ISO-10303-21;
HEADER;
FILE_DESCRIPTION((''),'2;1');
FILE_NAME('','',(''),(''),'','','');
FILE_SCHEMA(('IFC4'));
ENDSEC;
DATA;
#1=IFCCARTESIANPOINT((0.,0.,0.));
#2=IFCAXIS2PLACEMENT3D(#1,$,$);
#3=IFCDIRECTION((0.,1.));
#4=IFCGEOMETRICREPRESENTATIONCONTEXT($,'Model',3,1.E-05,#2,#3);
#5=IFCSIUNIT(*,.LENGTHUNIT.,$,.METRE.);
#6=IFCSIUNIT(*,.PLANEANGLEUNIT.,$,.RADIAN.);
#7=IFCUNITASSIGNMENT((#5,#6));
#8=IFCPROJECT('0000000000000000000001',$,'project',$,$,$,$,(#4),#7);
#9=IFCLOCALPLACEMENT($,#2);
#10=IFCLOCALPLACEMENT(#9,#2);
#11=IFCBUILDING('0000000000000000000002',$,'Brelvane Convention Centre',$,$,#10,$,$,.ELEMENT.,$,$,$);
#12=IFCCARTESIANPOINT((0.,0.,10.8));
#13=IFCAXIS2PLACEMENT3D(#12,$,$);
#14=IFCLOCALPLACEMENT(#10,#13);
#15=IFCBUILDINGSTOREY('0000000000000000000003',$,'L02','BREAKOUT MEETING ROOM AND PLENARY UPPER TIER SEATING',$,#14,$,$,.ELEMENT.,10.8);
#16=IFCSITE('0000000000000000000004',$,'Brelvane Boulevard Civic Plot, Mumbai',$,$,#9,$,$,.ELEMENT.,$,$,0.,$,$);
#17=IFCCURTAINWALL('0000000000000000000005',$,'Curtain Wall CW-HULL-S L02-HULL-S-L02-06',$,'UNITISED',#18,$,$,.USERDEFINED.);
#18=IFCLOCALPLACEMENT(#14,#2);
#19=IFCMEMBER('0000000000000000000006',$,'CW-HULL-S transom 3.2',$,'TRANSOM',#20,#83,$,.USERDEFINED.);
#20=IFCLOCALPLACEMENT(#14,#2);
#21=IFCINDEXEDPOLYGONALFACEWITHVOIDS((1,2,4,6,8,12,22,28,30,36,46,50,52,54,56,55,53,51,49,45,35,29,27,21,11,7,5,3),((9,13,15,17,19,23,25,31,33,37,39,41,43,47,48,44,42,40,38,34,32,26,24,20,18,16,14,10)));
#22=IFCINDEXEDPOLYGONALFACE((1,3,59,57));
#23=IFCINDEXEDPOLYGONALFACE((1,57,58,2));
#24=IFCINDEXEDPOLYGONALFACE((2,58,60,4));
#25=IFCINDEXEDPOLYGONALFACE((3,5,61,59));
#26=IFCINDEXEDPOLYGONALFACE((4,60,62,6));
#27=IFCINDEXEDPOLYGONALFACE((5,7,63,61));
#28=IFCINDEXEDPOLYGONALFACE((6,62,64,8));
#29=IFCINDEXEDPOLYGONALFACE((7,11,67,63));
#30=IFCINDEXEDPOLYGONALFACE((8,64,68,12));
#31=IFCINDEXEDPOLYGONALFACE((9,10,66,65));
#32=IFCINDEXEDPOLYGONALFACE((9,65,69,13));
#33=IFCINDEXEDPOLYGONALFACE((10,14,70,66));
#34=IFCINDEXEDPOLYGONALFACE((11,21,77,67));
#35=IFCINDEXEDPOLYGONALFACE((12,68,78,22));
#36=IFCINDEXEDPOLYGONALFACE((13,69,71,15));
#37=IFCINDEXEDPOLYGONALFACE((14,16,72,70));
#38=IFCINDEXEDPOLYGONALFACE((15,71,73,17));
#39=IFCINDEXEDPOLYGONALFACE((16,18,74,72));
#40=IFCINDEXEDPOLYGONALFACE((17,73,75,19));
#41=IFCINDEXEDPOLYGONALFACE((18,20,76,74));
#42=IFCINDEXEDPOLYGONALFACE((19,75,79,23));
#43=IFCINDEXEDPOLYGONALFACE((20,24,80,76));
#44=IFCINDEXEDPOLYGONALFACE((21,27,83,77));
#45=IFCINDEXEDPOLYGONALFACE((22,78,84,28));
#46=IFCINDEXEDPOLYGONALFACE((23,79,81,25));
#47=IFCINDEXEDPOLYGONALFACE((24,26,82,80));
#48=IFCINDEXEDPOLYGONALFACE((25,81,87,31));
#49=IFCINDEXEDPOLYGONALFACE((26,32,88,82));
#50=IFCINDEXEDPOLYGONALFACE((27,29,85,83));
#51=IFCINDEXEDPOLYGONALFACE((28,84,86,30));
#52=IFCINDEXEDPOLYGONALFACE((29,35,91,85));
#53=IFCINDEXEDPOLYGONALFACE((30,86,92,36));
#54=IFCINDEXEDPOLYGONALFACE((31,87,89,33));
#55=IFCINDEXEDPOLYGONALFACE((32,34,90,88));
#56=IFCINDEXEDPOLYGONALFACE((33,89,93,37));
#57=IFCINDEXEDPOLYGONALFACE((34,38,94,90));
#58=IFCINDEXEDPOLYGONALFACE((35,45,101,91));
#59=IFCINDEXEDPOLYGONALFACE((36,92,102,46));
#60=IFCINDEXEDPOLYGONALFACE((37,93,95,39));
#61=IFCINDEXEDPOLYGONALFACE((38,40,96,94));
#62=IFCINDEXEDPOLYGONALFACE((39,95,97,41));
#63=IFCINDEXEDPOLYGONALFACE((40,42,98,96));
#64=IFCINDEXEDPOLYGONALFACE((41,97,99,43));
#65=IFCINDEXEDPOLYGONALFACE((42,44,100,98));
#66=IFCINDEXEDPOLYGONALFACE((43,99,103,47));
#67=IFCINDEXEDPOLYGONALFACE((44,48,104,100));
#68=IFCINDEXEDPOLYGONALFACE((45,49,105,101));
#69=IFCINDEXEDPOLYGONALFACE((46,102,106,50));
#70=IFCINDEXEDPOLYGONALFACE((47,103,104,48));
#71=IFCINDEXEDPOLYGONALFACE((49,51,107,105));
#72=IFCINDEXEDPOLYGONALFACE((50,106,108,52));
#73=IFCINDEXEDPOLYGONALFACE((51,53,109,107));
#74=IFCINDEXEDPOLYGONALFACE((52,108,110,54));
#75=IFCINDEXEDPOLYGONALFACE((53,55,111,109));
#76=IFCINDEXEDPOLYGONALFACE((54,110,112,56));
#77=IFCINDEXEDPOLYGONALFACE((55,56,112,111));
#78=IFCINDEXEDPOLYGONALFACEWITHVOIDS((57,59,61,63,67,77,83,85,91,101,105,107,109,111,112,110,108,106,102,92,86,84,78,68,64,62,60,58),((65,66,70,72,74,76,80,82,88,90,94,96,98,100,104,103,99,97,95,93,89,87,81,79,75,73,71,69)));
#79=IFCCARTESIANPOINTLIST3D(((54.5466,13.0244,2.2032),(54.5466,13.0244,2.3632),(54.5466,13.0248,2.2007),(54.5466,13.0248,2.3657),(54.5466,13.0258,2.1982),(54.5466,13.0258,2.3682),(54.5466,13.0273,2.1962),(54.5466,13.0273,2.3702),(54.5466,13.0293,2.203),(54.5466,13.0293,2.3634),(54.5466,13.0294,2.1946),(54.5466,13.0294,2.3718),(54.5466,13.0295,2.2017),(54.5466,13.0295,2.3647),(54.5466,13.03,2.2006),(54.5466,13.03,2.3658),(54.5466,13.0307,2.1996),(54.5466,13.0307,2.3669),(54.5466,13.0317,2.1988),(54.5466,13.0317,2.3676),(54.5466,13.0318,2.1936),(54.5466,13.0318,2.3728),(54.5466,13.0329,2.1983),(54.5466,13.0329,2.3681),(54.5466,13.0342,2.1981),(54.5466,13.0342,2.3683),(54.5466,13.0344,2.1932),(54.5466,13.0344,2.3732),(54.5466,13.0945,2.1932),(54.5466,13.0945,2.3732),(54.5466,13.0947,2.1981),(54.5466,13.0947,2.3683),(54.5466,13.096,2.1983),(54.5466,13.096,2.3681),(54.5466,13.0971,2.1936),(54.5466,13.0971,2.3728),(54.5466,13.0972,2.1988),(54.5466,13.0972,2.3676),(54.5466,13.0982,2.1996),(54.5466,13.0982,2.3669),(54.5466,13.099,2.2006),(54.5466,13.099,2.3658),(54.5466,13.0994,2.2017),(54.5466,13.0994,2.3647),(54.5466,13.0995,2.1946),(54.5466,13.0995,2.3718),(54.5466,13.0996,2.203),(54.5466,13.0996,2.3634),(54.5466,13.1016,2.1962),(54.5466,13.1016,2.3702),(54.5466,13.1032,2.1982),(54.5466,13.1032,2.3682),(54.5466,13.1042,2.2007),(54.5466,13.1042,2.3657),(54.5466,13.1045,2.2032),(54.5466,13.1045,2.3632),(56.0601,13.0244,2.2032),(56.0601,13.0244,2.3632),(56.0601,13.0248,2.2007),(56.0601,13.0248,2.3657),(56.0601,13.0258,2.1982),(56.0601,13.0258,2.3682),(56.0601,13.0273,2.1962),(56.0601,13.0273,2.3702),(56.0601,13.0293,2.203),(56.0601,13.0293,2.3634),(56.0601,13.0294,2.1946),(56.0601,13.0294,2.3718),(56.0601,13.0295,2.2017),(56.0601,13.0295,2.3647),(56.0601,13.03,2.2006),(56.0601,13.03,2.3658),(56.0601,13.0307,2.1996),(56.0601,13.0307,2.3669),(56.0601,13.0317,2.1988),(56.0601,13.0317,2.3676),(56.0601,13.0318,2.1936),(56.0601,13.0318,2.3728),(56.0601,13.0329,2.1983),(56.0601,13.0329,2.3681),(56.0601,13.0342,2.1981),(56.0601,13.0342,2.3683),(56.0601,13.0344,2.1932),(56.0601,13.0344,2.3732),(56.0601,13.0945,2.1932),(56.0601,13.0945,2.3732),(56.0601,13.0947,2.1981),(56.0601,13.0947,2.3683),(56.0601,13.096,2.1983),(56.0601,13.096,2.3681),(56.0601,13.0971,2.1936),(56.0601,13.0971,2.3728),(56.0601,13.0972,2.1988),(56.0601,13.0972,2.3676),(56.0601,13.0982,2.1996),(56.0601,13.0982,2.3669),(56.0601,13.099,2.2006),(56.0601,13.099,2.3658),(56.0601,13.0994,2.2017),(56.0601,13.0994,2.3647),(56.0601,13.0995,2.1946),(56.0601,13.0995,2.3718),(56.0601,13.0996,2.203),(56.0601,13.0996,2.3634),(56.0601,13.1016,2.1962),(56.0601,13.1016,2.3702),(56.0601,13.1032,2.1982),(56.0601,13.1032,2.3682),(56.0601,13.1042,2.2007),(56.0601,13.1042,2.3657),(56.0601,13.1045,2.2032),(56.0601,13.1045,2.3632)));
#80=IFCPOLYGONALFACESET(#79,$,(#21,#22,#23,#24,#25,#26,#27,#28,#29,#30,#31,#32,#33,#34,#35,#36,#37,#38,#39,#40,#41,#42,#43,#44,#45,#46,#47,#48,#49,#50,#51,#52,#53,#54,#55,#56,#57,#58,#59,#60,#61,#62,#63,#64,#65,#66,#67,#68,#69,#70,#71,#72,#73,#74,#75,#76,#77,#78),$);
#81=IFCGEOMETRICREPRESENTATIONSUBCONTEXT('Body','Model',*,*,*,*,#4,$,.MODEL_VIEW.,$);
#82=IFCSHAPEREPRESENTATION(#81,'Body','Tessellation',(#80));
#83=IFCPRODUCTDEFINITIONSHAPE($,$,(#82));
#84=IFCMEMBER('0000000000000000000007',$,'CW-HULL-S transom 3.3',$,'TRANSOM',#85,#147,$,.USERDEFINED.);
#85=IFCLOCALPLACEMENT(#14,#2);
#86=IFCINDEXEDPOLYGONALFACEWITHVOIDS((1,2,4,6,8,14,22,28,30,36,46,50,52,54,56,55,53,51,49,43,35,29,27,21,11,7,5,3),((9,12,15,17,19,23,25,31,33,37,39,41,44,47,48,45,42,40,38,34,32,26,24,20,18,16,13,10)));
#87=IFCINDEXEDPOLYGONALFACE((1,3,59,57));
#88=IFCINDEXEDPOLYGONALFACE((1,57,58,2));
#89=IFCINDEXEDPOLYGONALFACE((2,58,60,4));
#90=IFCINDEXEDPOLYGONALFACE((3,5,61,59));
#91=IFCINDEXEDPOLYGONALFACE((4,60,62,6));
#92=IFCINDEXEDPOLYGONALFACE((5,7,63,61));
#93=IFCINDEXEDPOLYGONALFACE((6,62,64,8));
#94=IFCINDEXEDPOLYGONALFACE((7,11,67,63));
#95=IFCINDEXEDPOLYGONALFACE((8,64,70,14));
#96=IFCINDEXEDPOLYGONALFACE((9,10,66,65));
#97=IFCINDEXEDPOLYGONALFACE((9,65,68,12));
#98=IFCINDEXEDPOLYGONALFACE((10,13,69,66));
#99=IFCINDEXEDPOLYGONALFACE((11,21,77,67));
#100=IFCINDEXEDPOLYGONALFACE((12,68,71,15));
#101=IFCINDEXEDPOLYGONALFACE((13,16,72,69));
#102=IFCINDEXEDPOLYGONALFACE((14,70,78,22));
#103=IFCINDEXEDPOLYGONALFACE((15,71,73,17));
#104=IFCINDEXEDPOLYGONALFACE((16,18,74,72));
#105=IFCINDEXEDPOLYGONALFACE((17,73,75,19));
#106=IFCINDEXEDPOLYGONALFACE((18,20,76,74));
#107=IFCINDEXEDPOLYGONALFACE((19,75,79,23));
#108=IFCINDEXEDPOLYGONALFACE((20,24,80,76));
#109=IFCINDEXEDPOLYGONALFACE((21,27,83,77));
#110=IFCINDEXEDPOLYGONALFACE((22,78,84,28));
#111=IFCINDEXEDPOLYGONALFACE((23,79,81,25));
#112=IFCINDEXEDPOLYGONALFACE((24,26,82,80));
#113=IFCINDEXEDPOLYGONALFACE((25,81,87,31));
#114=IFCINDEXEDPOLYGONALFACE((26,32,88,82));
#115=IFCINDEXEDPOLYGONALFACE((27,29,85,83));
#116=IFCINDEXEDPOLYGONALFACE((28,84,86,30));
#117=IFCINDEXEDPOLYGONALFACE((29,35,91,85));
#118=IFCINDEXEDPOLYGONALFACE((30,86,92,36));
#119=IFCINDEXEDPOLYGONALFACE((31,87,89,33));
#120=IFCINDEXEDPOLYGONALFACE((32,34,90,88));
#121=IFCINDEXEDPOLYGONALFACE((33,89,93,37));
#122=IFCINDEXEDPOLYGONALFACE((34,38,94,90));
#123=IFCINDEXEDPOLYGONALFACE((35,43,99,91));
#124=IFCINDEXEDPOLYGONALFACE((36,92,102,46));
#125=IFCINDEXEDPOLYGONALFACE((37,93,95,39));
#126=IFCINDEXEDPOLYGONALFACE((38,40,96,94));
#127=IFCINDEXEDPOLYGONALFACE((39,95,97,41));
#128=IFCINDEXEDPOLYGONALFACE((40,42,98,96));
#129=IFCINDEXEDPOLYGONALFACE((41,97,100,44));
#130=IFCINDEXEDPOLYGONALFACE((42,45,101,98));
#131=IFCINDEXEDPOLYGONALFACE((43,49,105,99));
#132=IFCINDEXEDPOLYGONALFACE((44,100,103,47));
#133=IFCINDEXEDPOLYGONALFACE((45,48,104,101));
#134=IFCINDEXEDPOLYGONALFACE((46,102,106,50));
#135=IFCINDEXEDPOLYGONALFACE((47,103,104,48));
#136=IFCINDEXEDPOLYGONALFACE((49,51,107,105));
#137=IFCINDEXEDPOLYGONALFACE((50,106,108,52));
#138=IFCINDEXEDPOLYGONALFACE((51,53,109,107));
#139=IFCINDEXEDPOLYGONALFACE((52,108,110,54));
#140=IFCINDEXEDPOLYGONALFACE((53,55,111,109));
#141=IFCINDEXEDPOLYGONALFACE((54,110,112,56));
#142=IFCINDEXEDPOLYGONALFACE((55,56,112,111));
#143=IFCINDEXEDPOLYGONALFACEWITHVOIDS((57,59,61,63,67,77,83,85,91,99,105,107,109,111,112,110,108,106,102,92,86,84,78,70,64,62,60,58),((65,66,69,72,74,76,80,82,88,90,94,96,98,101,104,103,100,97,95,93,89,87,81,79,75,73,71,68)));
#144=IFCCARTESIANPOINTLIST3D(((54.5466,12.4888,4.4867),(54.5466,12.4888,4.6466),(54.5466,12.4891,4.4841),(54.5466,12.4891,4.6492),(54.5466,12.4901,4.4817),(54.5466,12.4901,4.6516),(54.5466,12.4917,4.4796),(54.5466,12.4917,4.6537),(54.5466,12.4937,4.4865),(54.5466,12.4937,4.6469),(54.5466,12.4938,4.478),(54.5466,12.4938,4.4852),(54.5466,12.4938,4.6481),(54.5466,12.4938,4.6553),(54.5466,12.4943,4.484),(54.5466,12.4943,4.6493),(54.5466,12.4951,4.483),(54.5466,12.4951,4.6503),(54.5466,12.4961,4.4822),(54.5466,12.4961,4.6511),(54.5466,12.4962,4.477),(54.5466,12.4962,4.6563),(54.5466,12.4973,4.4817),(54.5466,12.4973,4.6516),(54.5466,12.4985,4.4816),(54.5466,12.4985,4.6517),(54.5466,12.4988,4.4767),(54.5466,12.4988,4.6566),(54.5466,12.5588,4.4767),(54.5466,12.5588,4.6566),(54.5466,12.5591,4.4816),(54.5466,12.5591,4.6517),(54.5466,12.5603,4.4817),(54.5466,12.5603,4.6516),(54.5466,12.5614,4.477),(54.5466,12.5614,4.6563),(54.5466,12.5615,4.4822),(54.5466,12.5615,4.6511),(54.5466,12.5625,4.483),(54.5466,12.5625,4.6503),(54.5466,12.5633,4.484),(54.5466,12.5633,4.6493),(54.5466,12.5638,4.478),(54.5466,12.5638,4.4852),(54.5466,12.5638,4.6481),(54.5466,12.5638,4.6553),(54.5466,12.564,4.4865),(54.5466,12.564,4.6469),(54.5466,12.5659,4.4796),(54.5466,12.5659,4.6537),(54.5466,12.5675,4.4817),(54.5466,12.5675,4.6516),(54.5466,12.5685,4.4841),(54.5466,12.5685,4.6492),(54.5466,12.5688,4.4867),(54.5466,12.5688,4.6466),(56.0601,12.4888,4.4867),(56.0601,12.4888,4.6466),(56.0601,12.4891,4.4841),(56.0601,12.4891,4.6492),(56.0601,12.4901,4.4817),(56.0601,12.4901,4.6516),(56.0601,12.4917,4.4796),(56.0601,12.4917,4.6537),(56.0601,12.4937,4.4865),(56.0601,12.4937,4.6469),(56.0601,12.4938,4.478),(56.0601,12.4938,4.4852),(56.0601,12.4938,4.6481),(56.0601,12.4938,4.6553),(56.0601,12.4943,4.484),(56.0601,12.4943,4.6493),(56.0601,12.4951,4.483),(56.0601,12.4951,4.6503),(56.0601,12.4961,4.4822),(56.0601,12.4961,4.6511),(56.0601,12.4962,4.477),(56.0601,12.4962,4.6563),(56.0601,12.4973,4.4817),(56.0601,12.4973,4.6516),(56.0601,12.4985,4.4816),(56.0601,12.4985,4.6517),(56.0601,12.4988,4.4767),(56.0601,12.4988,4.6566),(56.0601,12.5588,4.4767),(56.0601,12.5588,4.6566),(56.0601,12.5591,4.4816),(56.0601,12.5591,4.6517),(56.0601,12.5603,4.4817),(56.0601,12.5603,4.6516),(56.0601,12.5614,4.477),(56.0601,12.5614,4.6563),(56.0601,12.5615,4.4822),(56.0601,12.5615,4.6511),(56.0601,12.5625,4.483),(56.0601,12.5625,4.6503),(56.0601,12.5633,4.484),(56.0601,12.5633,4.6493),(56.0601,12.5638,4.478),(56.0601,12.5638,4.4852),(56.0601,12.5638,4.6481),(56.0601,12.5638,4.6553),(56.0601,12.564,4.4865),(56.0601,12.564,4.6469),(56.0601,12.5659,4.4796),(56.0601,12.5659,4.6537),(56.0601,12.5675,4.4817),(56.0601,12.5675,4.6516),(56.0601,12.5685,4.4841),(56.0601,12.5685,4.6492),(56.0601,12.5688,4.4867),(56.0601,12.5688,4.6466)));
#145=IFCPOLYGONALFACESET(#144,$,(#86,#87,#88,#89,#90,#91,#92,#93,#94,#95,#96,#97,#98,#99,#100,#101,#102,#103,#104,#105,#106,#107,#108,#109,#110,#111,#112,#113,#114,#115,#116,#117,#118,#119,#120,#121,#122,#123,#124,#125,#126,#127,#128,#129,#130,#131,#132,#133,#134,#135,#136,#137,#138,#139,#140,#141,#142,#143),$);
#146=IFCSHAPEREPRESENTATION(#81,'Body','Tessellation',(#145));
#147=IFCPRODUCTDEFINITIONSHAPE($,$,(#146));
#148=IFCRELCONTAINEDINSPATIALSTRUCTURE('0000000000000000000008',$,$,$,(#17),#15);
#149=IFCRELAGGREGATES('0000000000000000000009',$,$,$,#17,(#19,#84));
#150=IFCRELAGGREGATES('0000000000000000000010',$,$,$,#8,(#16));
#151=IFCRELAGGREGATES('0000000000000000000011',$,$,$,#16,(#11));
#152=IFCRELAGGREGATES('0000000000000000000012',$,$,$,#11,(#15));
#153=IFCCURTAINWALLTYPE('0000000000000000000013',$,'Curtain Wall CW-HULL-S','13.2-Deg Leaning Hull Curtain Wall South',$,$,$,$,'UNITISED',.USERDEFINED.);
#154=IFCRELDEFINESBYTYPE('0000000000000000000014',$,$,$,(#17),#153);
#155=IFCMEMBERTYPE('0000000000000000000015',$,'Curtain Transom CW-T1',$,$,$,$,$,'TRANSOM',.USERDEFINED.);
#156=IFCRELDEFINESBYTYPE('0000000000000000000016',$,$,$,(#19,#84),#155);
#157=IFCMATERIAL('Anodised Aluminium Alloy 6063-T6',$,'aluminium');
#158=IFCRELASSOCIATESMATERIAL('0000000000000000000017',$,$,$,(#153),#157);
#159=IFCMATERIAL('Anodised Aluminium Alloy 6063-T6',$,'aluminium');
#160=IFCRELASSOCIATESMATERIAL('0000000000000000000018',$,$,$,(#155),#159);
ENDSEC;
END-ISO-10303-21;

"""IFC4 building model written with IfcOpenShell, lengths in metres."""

from ifc_helpers import new_model, si_unit, direction, frame, origin, origin_2d, place, context, subcontext, project, spatial, hollow_rectangle, extrude, material, material_profile, profile_set, type_object, element, aggregate, save


model = new_model("IFC4")

# Units and contexts
model_context = context("Model", 3, precision=1e-05, world=origin(), true_north=direction((0.0, 1.0)))
body_context = subcontext(model_context, "Body", "Model", "MODEL_VIEW")
ifc_project = project(units=[si_unit("LENGTHUNIT", "METRE"), si_unit("PLANEANGLEUNIT", "RADIAN")], contexts=[model_context])

# Site, building, storey
site_placement = place(None, origin())
site = spatial("IfcSite", under=ifc_project, at=site_placement, Name="Brelvane Boulevard Civic Plot, Mumbai", CompositionType="ELEMENT", RefElevation=0.0)
building_placement = place(site_placement, origin())
building = spatial("IfcBuilding", under=site, at=building_placement, Name="Brelvane Convention Centre", CompositionType="ELEMENT")
storey_placement = place(building_placement, frame((0.0, 0.0, 10.8)))
storey = spatial("IfcBuildingStorey", under=building, at=storey_placement, Name="L02", Description="BREAKOUT MEETING ROOM AND PLENARY UPPER TIER SEATING", CompositionType="ELEMENT", Elevation=10.8)

# Curtain wall, members
ifc_material_1 = material(Name="Anodised Aluminium Alloy 6063-T6", Category="aluminium")
curtain_wall_type = type_object("IfcCurtainWallType", Name="Curtain Wall CW-HULL-S", Description="13.2-Deg Leaning Hull Curtain Wall South", ElementType="UNITISED", PredefinedType="USERDEFINED", material=ifc_material_1)
curtain_wall_placement = place(storey_placement, origin())
curtain_wall = element("IfcCurtainWall", 1, at=curtain_wall_placement, inside=storey, type_object=curtain_wall_type, Name="Curtain Wall CW-HULL-S L02-HULL-S-L02-06", ObjectType="UNITISED", PredefinedType="USERDEFINED")
ifc_material_2 = material(Name="Anodised Aluminium Alloy 6063-T6", Category="aluminium")
ifc_material_profile = material_profile(ifc_material_2, hollow_rectangle(XDim=0.0801, YDim=0.1799, WallThickness=0.0049, InnerFilletRadius=0.0049, OuterFilletRadius=0.01, at=origin_2d()), Name="ALU-T 180x80x5.0")
ifc_profile_set = profile_set([ifc_material_profile], Name="Anodised Aluminium Alloy 6063-T6")
member_type = type_object("IfcMemberType", Name="Curtain Transom CW-T1", ElementType="TRANSOM", PredefinedType="USERDEFINED", material=ifc_profile_set)
member_1_placement = place(storey_placement, frame((54.5466, 13.0645, 2.2832), z_axis=(1.0, 0.0, 0.0), x_axis=(0.0, 1.0, 0.0)))
member_1 = element("IfcMember", 2, at=member_1_placement, type_object=member_type, Name="CW-HULL-S transom 3.2", ObjectType="TRANSOM", PredefinedType="USERDEFINED", context=body_context, shape_type="SweptSolid", body=[
    extrude(hollow_rectangle(XDim=0.0801, YDim=0.1799, WallThickness=0.0049, InnerFilletRadius=0.0049, OuterFilletRadius=0.01, at=origin_2d()), origin(), (0.0, 0.0, 1.0), 1.5134),
])
member_2_placement = place(storey_placement, frame((54.5466, 12.5288, 4.5667), z_axis=(1.0, 0.0, 0.0), x_axis=(0.0, 1.0, 0.0)))
member_2 = element("IfcMember", 3, at=member_2_placement, type_object=member_type, Name="CW-HULL-S transom 3.3", ObjectType="TRANSOM", PredefinedType="USERDEFINED", context=body_context, shape_type="SweptSolid", body=[
    extrude(hollow_rectangle(XDim=0.0801, YDim=0.1799, WallThickness=0.0049, InnerFilletRadius=0.0049, OuterFilletRadius=0.01, at=origin_2d()), origin(), (0.0, 0.0, 1.0), 1.5134),
])
aggregate(curtain_wall, [member_1, member_2])

save(model, "model.ifc")
